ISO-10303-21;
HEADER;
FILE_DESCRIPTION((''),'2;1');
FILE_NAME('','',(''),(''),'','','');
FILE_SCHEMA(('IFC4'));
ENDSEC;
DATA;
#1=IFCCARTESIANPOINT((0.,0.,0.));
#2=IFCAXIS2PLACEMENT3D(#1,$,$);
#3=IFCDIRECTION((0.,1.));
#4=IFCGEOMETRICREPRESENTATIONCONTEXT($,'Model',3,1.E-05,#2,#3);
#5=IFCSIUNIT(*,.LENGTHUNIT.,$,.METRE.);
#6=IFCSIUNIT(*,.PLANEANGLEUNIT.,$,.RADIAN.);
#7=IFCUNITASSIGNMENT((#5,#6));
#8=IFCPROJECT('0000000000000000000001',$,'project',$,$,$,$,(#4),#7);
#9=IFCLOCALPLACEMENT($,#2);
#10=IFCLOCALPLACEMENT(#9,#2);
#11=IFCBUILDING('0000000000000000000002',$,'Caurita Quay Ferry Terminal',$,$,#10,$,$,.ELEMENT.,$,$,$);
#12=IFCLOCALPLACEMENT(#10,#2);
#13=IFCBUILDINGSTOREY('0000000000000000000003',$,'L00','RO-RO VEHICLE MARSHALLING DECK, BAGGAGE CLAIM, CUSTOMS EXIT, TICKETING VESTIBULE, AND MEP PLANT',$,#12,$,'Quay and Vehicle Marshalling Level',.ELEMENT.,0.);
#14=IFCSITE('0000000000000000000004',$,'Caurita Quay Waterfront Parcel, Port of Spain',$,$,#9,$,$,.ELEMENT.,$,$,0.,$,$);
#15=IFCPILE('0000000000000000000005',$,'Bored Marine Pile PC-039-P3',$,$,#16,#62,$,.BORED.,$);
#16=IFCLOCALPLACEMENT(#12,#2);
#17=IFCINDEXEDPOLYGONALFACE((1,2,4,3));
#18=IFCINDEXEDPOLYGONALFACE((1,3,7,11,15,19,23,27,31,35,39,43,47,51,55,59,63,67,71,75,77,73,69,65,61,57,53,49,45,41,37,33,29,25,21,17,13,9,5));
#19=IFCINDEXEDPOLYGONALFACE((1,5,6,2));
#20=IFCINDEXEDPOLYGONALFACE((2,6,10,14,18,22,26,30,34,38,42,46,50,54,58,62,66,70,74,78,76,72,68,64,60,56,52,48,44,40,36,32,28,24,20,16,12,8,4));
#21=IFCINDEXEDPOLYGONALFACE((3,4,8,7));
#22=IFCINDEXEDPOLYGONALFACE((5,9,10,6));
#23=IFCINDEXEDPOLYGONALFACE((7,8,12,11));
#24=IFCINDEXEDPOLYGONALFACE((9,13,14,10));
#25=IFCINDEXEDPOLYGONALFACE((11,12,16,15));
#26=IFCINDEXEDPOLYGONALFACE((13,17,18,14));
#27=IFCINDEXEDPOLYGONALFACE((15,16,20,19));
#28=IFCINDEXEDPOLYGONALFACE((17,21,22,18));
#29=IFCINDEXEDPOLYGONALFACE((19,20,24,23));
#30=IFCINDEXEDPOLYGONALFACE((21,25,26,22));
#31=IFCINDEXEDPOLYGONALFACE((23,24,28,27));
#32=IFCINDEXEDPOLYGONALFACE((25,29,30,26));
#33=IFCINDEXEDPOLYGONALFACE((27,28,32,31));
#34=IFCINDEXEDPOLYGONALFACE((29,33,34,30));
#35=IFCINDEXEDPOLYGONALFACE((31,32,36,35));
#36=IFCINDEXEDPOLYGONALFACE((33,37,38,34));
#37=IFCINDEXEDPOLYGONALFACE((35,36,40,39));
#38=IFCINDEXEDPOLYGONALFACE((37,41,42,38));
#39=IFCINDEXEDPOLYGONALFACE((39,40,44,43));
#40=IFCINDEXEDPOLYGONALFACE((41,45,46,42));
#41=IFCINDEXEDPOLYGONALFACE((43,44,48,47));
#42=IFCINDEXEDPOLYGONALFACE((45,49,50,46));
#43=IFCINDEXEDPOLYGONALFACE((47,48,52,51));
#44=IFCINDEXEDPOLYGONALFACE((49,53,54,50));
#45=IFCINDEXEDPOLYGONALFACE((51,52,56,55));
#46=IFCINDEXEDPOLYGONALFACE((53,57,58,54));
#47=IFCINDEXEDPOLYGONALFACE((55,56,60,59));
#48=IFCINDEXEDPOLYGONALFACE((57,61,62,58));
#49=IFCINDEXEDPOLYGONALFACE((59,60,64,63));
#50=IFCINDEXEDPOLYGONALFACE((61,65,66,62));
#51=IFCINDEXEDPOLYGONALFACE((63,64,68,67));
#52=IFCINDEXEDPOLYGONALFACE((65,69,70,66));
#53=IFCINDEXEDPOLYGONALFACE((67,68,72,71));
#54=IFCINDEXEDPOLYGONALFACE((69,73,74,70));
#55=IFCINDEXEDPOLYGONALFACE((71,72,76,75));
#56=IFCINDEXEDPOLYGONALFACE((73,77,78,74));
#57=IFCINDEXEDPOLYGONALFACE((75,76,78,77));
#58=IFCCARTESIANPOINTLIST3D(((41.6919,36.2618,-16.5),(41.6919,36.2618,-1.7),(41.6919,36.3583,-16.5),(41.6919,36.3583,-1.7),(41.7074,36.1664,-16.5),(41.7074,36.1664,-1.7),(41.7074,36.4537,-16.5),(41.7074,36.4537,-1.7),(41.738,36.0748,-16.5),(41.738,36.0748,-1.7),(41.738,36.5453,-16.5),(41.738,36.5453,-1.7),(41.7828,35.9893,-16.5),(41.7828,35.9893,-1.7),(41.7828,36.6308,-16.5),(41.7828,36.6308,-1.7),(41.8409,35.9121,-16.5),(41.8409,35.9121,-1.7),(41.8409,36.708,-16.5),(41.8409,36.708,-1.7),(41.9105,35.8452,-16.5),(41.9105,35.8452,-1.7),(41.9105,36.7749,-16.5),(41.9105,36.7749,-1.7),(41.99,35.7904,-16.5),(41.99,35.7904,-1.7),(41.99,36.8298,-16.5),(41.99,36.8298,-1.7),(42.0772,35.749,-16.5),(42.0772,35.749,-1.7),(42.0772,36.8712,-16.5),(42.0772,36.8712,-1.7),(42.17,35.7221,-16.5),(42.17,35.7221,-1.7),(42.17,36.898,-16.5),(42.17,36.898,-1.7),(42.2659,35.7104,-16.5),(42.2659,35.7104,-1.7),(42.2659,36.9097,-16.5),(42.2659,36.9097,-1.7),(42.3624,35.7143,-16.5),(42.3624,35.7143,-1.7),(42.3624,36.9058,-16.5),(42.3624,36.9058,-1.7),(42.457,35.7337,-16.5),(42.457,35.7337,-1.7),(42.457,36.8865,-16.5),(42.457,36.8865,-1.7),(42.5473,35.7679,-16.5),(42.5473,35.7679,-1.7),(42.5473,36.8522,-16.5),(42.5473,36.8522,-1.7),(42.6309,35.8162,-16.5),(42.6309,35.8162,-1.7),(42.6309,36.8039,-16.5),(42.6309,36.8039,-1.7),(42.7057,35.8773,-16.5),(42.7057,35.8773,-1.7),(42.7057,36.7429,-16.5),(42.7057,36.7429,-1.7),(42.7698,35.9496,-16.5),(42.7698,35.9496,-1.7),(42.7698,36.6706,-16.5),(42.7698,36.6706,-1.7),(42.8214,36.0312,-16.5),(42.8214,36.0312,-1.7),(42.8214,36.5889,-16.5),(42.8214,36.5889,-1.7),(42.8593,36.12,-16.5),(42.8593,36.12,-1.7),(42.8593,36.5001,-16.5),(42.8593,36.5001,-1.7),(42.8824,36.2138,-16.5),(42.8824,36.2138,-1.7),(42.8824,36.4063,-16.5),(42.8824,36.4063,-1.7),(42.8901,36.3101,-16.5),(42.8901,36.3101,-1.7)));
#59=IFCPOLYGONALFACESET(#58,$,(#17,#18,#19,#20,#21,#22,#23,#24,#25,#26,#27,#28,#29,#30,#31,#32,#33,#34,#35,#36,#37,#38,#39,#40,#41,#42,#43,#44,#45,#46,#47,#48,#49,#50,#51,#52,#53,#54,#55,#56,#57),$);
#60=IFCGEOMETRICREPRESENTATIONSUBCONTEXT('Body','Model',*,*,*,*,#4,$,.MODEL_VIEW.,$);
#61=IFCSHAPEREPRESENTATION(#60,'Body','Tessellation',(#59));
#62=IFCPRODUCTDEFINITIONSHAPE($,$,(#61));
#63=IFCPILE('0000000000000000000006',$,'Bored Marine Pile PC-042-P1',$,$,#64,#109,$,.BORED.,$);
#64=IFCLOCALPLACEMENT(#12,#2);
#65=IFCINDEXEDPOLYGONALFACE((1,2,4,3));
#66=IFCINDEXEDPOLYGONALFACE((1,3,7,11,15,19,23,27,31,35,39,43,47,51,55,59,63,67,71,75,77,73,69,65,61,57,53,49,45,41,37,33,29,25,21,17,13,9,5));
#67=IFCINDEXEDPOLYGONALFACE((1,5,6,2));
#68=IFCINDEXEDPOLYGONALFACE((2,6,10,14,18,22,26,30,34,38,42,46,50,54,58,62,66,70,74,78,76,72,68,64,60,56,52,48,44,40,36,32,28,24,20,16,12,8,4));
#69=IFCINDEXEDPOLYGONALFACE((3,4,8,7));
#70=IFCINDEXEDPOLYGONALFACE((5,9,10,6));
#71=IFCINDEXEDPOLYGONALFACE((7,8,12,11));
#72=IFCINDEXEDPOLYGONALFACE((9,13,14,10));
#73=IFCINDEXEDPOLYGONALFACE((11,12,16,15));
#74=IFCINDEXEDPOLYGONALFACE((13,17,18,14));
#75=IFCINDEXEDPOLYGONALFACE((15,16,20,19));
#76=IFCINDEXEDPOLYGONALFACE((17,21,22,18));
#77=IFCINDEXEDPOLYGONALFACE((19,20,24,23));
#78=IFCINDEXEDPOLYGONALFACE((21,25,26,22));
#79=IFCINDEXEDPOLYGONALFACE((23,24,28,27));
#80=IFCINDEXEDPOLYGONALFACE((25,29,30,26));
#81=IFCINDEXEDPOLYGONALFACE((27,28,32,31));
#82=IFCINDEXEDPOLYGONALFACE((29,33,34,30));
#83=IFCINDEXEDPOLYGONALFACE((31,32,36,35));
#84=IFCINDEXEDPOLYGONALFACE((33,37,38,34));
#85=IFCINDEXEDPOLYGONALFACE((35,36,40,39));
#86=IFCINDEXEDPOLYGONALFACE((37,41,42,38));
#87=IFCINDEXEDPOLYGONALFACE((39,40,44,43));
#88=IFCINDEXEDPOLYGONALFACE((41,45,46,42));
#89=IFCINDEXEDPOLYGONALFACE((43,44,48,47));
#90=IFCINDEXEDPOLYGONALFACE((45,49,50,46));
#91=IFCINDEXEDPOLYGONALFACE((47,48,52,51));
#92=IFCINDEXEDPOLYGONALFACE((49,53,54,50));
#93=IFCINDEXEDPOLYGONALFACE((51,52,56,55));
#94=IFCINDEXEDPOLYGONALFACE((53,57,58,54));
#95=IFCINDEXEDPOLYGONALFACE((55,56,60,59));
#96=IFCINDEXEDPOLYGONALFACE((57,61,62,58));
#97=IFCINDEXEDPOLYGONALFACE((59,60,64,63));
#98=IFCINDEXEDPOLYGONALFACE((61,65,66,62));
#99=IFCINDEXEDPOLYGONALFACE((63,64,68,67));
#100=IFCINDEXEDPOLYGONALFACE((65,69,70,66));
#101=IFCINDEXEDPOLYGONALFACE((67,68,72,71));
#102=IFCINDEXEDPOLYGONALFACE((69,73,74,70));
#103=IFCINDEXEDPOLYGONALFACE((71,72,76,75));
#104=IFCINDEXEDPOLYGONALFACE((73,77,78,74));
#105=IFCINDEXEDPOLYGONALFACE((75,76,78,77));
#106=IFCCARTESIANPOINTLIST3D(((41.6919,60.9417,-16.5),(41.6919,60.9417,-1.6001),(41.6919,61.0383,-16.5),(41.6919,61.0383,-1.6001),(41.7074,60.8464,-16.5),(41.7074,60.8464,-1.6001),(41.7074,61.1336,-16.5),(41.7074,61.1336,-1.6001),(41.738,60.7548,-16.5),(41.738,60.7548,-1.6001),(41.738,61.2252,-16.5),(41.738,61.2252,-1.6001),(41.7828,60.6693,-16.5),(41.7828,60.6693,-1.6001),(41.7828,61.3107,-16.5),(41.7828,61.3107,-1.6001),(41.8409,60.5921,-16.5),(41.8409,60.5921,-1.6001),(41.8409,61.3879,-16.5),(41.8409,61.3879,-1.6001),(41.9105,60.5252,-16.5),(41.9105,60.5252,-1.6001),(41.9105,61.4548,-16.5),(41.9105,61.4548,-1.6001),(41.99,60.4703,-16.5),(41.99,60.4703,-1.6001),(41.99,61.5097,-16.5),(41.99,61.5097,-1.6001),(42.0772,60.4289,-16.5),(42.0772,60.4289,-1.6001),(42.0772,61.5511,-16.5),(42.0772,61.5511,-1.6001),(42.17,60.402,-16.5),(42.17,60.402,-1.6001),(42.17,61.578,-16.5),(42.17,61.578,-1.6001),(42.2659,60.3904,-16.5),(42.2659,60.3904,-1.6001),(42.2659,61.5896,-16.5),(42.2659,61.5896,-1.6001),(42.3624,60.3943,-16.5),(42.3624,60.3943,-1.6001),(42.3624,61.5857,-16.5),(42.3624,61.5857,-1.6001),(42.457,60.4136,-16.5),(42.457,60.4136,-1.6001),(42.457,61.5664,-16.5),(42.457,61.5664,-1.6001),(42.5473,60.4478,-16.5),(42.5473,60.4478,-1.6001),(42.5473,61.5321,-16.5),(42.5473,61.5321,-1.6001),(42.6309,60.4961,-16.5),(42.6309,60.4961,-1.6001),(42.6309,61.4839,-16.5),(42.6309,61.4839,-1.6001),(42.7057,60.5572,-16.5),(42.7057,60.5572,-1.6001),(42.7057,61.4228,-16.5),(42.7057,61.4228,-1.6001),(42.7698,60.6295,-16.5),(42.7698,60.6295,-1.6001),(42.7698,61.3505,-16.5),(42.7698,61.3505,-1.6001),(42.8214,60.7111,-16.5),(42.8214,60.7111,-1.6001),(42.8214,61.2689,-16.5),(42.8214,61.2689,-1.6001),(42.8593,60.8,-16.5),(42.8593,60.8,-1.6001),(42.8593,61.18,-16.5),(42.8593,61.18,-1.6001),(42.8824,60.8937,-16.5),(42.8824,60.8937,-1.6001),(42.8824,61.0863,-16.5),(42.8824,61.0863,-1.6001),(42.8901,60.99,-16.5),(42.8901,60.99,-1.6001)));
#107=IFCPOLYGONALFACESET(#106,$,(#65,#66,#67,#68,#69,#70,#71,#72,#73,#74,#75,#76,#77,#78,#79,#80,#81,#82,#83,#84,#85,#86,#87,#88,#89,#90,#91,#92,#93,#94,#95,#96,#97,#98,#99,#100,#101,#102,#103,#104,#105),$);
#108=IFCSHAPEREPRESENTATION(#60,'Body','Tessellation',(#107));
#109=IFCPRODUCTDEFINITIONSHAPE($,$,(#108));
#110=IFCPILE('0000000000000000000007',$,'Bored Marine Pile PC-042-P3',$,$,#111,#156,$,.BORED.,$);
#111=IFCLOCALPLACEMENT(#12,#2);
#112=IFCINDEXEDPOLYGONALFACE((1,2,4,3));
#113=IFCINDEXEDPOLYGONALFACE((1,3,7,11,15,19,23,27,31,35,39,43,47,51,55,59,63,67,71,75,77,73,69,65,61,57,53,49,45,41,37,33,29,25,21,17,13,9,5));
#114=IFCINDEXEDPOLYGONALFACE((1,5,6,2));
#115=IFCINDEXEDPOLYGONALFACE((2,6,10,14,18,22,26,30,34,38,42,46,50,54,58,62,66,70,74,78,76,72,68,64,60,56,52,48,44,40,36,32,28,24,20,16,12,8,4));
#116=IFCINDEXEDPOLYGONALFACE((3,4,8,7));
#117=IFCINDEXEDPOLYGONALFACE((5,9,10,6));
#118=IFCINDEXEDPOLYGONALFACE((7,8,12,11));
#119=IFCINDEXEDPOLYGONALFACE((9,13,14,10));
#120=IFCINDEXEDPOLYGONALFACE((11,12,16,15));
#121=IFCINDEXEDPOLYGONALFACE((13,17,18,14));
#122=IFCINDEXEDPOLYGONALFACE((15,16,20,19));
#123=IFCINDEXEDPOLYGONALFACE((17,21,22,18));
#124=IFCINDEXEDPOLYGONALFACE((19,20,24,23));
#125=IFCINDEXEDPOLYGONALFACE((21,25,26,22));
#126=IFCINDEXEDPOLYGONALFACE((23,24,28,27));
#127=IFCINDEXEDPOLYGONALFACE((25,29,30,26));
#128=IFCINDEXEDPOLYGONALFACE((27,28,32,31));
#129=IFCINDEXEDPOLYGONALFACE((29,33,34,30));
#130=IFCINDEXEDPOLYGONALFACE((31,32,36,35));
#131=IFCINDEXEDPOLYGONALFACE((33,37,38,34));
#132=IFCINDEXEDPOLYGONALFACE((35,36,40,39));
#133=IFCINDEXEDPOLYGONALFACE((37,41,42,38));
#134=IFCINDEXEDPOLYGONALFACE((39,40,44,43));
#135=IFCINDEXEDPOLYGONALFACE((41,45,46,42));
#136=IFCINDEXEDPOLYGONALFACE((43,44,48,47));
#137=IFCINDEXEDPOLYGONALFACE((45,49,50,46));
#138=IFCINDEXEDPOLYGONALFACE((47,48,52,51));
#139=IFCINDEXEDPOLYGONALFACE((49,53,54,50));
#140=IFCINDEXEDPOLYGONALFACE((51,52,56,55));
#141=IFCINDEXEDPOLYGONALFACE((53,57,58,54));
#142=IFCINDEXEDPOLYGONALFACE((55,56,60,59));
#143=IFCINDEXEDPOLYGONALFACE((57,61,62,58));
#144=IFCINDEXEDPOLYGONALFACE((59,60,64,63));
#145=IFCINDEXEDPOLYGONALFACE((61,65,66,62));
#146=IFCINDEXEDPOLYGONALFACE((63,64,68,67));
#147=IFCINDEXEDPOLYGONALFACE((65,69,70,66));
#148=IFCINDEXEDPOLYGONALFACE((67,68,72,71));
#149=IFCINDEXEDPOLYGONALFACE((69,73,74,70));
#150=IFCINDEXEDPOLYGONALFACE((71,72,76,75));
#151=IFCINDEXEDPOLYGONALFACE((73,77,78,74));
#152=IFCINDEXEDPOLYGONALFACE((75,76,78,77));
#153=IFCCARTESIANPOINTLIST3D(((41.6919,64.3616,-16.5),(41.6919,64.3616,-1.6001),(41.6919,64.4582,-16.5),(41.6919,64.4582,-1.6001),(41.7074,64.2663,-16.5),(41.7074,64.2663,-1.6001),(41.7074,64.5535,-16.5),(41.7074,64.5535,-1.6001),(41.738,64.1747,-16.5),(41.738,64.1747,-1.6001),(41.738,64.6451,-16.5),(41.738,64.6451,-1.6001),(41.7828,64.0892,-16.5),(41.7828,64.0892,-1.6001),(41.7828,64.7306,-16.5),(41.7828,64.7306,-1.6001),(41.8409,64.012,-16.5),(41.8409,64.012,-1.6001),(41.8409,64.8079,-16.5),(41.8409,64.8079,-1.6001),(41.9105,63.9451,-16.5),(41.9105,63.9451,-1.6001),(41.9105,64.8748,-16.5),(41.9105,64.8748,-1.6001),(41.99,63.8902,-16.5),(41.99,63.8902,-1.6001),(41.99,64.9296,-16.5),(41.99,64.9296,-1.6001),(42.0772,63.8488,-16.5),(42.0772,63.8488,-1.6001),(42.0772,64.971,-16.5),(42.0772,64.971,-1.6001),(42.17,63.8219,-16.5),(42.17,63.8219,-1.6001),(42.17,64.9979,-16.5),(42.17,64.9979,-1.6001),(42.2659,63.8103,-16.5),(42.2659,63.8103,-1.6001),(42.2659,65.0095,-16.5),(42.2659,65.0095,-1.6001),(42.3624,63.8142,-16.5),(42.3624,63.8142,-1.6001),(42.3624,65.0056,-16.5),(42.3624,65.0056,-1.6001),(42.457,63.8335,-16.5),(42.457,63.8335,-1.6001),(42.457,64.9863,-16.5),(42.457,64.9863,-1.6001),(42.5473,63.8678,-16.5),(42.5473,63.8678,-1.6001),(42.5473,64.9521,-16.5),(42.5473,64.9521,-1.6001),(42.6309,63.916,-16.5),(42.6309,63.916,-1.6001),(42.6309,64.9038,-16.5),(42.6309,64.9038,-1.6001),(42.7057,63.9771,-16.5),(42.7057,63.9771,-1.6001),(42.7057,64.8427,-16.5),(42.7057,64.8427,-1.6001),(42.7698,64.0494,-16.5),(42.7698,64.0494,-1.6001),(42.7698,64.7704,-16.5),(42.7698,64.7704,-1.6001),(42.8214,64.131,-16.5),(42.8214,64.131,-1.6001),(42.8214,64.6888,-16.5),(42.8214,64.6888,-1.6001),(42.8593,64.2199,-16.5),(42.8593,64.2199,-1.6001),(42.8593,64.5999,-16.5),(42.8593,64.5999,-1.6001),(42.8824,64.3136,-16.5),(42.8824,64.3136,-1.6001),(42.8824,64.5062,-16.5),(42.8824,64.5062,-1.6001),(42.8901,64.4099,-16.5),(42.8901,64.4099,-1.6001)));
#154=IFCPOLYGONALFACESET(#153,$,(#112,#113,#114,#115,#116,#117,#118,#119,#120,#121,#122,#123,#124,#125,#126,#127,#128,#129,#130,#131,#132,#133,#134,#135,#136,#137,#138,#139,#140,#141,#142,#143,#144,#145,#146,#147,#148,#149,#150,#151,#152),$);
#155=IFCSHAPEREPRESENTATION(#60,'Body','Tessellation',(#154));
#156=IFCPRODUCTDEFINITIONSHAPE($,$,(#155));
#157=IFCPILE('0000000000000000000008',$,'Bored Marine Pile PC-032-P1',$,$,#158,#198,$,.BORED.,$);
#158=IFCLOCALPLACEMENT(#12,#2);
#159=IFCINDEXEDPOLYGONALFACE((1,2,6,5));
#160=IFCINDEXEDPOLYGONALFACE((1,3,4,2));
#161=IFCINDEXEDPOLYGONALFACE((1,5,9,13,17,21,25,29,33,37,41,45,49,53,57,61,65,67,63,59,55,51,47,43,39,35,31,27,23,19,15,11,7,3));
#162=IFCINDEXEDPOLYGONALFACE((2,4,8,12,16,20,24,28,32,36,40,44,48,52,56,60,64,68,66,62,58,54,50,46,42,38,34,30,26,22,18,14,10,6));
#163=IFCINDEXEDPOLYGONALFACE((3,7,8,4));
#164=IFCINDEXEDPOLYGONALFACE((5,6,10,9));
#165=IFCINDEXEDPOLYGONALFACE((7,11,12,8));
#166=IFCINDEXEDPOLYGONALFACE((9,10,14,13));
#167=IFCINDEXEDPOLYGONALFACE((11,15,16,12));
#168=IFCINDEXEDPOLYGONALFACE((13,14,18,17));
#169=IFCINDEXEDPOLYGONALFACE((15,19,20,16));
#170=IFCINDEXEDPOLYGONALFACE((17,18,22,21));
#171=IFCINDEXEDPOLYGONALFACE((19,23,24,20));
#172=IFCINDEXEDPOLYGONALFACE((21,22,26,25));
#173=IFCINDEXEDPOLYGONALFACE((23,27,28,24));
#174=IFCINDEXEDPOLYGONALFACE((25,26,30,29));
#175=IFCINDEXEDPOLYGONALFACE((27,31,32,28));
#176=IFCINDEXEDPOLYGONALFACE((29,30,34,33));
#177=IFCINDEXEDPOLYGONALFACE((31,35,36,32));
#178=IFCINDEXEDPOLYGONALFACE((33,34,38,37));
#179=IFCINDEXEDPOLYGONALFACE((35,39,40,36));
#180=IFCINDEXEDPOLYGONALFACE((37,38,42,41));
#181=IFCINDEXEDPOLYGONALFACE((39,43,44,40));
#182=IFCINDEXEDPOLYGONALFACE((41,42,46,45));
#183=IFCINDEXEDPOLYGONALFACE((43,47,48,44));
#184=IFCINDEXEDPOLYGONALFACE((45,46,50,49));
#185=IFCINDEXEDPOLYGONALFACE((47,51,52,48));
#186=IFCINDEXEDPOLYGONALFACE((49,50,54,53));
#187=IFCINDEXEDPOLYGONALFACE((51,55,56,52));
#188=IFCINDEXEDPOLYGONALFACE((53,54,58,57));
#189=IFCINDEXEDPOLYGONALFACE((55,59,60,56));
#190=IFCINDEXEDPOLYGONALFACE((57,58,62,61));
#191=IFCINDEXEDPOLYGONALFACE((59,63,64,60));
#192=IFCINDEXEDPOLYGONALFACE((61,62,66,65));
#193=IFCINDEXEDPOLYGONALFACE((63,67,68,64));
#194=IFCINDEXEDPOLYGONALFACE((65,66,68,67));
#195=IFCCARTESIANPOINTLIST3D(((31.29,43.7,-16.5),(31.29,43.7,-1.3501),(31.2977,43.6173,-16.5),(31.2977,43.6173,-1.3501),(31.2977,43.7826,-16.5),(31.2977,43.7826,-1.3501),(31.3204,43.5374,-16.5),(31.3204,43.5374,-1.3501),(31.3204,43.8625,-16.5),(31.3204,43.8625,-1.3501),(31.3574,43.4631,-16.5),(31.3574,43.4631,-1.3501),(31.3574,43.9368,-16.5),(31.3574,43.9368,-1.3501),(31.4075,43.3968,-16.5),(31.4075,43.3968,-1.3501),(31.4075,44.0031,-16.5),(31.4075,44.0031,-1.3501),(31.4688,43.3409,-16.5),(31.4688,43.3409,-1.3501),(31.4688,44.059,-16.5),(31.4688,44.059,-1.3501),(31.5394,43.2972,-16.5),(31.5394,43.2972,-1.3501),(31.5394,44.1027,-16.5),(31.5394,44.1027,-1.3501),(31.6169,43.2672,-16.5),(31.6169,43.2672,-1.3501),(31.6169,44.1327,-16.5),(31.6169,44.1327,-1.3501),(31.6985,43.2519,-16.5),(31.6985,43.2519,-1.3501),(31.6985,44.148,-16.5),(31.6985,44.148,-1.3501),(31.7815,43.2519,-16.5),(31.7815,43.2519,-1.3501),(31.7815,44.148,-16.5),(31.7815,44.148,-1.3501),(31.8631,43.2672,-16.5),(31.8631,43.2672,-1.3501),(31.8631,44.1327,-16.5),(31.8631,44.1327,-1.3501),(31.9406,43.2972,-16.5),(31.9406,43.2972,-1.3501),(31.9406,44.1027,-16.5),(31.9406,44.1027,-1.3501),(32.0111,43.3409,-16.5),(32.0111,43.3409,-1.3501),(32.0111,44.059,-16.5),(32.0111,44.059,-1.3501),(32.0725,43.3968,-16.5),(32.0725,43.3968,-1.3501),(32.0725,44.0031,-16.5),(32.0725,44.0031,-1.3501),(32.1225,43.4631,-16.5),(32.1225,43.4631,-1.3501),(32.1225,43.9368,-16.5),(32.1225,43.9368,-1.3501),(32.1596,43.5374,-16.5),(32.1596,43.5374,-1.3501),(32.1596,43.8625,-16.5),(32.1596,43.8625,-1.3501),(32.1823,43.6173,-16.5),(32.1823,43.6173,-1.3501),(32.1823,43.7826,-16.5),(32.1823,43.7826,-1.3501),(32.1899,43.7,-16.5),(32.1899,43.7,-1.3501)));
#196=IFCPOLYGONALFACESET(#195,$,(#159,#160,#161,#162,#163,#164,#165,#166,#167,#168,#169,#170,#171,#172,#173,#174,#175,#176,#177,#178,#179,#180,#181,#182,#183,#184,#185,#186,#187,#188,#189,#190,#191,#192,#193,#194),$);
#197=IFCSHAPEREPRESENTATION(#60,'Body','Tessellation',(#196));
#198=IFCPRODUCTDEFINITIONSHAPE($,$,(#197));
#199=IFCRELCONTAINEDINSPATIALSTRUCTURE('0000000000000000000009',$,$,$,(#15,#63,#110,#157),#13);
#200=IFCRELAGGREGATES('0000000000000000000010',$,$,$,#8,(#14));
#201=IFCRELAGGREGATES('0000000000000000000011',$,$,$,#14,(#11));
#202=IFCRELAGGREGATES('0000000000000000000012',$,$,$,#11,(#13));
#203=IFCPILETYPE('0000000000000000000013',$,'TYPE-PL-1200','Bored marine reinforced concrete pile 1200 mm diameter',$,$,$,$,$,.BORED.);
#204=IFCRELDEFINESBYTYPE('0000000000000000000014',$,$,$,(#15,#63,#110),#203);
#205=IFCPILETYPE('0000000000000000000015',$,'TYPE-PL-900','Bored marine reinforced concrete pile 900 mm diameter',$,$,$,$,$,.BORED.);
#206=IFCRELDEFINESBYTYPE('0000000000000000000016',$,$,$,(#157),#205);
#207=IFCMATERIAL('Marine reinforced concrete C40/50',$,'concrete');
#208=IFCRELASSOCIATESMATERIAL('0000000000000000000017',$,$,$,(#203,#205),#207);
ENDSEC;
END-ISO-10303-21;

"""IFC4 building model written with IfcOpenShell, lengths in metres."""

from ifc_helpers import new_model, si_unit, direction, frame, origin, origin_2d, place, context, subcontext, project, spatial, circle, extrude, material, material_profile, profile_set, type_object, element, save


model = new_model("IFC4")

# Units and contexts
model_context = context("Model", 3, precision=1e-05, world=origin(), true_north=direction((0.0, 1.0)))
body_context = subcontext(model_context, "Body", "Model", "MODEL_VIEW")
ifc_project = project(units=[si_unit("LENGTHUNIT", "METRE"), si_unit("PLANEANGLEUNIT", "RADIAN")], contexts=[model_context])

# Site, building, storey
site_placement = place(None, origin())
site = spatial("IfcSite", under=ifc_project, at=site_placement, Name="Caurita Quay Waterfront Parcel, Port of Spain", CompositionType="ELEMENT", RefElevation=0.0)
building_placement = place(site_placement, origin())
building = spatial("IfcBuilding", under=site, at=building_placement, Name="Caurita Quay Ferry Terminal", CompositionType="ELEMENT")
storey_placement = place(building_placement, origin())
storey = spatial("IfcBuildingStorey", under=building, at=storey_placement, Name="L00", Description="RO-RO VEHICLE MARSHALLING DECK, BAGGAGE CLAIM, CUSTOMS EXIT, TICKETING VESTIBULE, AND MEP PLANT", LongName="Quay and Vehicle Marshalling Level", CompositionType="ELEMENT", Elevation=0.0)

# Piles
ifc_material_1 = material(Name="Marine reinforced concrete C40/50", Category="concrete")
ifc_material_profile_1 = material_profile(ifc_material_1, circle(Radius=0.6001, at=origin_2d()), Name="PILE-D1200")
ifc_profile_set_1 = profile_set([ifc_material_profile_1], Name="Marine reinforced concrete C40/50")
pile_type_1 = type_object("IfcPileType", Name="TYPE-PL-1200", Description="Bored marine reinforced concrete pile 1200 mm diameter", PredefinedType="BORED", material=ifc_profile_set_1)
pile_placement = place(storey_placement, frame((42.29, 36.3101, -1.7), z_axis=(0.0, 0.0, -1.0), x_axis=(1.0, 0.0, 0.0)))
element("IfcPile", 1, at=pile_placement, inside=storey, type_object=pile_type_1, Name="Bored Marine Pile PC-039-P3", PredefinedType="BORED", context=body_context, shape_type="SweptSolid", body=[
    extrude(circle(Radius=0.6001, at=origin_2d()), origin(), (0.0, 0.0, 1.0), 14.8),
])
for number, where, z_axis, x_axis, name in (
    (2, (42.29, 60.99, -1.6001), (0.0, 0.0, -1.0), (1.0, 0.0, 0.0), "Bored Marine Pile PC-042-P1"),
    (3, (42.29, 64.4099, -1.6001), (0.0, 0.0, -1.0), (1.0, 0.0, 0.0), "Bored Marine Pile PC-042-P3"),
):
    element("IfcPile", number, at=place(storey_placement, frame(where, z_axis=z_axis, x_axis=x_axis)), inside=storey, type_object=pile_type_1, Name=name, PredefinedType="BORED", context=body_context, shape_type="SweptSolid", body=[
        extrude(circle(Radius=0.6001, at=origin_2d()), origin(), (0.0, 0.0, 1.0), 14.8999),
    ])
ifc_material_profile_2 = material_profile(ifc_material_1, circle(Radius=0.45, at=origin_2d()), Name="PILE-D900")
ifc_profile_set_2 = profile_set([ifc_material_profile_2], Name="Marine reinforced concrete C40/50")
pile_type_2 = type_object("IfcPileType", Name="TYPE-PL-900", Description="Bored marine reinforced concrete pile 900 mm diameter", PredefinedType="BORED", material=ifc_profile_set_2)
for number, where, z_axis, x_axis, name in (
    (4, (31.74, 43.7, -1.3501), (0.0, 0.0, -1.0), (1.0, 0.0, 0.0), "Bored Marine Pile PC-032-P1"),
):
    element("IfcPile", number, at=place(storey_placement, frame(where, z_axis=z_axis, x_axis=x_axis)), inside=storey, type_object=pile_type_2, Name=name, PredefinedType="BORED", context=body_context, shape_type="SweptSolid", body=[
        extrude(circle(Radius=0.45, at=origin_2d()), origin(), (0.0, 0.0, 1.0), 15.1499),
    ])

save(model, "model.ifc")
